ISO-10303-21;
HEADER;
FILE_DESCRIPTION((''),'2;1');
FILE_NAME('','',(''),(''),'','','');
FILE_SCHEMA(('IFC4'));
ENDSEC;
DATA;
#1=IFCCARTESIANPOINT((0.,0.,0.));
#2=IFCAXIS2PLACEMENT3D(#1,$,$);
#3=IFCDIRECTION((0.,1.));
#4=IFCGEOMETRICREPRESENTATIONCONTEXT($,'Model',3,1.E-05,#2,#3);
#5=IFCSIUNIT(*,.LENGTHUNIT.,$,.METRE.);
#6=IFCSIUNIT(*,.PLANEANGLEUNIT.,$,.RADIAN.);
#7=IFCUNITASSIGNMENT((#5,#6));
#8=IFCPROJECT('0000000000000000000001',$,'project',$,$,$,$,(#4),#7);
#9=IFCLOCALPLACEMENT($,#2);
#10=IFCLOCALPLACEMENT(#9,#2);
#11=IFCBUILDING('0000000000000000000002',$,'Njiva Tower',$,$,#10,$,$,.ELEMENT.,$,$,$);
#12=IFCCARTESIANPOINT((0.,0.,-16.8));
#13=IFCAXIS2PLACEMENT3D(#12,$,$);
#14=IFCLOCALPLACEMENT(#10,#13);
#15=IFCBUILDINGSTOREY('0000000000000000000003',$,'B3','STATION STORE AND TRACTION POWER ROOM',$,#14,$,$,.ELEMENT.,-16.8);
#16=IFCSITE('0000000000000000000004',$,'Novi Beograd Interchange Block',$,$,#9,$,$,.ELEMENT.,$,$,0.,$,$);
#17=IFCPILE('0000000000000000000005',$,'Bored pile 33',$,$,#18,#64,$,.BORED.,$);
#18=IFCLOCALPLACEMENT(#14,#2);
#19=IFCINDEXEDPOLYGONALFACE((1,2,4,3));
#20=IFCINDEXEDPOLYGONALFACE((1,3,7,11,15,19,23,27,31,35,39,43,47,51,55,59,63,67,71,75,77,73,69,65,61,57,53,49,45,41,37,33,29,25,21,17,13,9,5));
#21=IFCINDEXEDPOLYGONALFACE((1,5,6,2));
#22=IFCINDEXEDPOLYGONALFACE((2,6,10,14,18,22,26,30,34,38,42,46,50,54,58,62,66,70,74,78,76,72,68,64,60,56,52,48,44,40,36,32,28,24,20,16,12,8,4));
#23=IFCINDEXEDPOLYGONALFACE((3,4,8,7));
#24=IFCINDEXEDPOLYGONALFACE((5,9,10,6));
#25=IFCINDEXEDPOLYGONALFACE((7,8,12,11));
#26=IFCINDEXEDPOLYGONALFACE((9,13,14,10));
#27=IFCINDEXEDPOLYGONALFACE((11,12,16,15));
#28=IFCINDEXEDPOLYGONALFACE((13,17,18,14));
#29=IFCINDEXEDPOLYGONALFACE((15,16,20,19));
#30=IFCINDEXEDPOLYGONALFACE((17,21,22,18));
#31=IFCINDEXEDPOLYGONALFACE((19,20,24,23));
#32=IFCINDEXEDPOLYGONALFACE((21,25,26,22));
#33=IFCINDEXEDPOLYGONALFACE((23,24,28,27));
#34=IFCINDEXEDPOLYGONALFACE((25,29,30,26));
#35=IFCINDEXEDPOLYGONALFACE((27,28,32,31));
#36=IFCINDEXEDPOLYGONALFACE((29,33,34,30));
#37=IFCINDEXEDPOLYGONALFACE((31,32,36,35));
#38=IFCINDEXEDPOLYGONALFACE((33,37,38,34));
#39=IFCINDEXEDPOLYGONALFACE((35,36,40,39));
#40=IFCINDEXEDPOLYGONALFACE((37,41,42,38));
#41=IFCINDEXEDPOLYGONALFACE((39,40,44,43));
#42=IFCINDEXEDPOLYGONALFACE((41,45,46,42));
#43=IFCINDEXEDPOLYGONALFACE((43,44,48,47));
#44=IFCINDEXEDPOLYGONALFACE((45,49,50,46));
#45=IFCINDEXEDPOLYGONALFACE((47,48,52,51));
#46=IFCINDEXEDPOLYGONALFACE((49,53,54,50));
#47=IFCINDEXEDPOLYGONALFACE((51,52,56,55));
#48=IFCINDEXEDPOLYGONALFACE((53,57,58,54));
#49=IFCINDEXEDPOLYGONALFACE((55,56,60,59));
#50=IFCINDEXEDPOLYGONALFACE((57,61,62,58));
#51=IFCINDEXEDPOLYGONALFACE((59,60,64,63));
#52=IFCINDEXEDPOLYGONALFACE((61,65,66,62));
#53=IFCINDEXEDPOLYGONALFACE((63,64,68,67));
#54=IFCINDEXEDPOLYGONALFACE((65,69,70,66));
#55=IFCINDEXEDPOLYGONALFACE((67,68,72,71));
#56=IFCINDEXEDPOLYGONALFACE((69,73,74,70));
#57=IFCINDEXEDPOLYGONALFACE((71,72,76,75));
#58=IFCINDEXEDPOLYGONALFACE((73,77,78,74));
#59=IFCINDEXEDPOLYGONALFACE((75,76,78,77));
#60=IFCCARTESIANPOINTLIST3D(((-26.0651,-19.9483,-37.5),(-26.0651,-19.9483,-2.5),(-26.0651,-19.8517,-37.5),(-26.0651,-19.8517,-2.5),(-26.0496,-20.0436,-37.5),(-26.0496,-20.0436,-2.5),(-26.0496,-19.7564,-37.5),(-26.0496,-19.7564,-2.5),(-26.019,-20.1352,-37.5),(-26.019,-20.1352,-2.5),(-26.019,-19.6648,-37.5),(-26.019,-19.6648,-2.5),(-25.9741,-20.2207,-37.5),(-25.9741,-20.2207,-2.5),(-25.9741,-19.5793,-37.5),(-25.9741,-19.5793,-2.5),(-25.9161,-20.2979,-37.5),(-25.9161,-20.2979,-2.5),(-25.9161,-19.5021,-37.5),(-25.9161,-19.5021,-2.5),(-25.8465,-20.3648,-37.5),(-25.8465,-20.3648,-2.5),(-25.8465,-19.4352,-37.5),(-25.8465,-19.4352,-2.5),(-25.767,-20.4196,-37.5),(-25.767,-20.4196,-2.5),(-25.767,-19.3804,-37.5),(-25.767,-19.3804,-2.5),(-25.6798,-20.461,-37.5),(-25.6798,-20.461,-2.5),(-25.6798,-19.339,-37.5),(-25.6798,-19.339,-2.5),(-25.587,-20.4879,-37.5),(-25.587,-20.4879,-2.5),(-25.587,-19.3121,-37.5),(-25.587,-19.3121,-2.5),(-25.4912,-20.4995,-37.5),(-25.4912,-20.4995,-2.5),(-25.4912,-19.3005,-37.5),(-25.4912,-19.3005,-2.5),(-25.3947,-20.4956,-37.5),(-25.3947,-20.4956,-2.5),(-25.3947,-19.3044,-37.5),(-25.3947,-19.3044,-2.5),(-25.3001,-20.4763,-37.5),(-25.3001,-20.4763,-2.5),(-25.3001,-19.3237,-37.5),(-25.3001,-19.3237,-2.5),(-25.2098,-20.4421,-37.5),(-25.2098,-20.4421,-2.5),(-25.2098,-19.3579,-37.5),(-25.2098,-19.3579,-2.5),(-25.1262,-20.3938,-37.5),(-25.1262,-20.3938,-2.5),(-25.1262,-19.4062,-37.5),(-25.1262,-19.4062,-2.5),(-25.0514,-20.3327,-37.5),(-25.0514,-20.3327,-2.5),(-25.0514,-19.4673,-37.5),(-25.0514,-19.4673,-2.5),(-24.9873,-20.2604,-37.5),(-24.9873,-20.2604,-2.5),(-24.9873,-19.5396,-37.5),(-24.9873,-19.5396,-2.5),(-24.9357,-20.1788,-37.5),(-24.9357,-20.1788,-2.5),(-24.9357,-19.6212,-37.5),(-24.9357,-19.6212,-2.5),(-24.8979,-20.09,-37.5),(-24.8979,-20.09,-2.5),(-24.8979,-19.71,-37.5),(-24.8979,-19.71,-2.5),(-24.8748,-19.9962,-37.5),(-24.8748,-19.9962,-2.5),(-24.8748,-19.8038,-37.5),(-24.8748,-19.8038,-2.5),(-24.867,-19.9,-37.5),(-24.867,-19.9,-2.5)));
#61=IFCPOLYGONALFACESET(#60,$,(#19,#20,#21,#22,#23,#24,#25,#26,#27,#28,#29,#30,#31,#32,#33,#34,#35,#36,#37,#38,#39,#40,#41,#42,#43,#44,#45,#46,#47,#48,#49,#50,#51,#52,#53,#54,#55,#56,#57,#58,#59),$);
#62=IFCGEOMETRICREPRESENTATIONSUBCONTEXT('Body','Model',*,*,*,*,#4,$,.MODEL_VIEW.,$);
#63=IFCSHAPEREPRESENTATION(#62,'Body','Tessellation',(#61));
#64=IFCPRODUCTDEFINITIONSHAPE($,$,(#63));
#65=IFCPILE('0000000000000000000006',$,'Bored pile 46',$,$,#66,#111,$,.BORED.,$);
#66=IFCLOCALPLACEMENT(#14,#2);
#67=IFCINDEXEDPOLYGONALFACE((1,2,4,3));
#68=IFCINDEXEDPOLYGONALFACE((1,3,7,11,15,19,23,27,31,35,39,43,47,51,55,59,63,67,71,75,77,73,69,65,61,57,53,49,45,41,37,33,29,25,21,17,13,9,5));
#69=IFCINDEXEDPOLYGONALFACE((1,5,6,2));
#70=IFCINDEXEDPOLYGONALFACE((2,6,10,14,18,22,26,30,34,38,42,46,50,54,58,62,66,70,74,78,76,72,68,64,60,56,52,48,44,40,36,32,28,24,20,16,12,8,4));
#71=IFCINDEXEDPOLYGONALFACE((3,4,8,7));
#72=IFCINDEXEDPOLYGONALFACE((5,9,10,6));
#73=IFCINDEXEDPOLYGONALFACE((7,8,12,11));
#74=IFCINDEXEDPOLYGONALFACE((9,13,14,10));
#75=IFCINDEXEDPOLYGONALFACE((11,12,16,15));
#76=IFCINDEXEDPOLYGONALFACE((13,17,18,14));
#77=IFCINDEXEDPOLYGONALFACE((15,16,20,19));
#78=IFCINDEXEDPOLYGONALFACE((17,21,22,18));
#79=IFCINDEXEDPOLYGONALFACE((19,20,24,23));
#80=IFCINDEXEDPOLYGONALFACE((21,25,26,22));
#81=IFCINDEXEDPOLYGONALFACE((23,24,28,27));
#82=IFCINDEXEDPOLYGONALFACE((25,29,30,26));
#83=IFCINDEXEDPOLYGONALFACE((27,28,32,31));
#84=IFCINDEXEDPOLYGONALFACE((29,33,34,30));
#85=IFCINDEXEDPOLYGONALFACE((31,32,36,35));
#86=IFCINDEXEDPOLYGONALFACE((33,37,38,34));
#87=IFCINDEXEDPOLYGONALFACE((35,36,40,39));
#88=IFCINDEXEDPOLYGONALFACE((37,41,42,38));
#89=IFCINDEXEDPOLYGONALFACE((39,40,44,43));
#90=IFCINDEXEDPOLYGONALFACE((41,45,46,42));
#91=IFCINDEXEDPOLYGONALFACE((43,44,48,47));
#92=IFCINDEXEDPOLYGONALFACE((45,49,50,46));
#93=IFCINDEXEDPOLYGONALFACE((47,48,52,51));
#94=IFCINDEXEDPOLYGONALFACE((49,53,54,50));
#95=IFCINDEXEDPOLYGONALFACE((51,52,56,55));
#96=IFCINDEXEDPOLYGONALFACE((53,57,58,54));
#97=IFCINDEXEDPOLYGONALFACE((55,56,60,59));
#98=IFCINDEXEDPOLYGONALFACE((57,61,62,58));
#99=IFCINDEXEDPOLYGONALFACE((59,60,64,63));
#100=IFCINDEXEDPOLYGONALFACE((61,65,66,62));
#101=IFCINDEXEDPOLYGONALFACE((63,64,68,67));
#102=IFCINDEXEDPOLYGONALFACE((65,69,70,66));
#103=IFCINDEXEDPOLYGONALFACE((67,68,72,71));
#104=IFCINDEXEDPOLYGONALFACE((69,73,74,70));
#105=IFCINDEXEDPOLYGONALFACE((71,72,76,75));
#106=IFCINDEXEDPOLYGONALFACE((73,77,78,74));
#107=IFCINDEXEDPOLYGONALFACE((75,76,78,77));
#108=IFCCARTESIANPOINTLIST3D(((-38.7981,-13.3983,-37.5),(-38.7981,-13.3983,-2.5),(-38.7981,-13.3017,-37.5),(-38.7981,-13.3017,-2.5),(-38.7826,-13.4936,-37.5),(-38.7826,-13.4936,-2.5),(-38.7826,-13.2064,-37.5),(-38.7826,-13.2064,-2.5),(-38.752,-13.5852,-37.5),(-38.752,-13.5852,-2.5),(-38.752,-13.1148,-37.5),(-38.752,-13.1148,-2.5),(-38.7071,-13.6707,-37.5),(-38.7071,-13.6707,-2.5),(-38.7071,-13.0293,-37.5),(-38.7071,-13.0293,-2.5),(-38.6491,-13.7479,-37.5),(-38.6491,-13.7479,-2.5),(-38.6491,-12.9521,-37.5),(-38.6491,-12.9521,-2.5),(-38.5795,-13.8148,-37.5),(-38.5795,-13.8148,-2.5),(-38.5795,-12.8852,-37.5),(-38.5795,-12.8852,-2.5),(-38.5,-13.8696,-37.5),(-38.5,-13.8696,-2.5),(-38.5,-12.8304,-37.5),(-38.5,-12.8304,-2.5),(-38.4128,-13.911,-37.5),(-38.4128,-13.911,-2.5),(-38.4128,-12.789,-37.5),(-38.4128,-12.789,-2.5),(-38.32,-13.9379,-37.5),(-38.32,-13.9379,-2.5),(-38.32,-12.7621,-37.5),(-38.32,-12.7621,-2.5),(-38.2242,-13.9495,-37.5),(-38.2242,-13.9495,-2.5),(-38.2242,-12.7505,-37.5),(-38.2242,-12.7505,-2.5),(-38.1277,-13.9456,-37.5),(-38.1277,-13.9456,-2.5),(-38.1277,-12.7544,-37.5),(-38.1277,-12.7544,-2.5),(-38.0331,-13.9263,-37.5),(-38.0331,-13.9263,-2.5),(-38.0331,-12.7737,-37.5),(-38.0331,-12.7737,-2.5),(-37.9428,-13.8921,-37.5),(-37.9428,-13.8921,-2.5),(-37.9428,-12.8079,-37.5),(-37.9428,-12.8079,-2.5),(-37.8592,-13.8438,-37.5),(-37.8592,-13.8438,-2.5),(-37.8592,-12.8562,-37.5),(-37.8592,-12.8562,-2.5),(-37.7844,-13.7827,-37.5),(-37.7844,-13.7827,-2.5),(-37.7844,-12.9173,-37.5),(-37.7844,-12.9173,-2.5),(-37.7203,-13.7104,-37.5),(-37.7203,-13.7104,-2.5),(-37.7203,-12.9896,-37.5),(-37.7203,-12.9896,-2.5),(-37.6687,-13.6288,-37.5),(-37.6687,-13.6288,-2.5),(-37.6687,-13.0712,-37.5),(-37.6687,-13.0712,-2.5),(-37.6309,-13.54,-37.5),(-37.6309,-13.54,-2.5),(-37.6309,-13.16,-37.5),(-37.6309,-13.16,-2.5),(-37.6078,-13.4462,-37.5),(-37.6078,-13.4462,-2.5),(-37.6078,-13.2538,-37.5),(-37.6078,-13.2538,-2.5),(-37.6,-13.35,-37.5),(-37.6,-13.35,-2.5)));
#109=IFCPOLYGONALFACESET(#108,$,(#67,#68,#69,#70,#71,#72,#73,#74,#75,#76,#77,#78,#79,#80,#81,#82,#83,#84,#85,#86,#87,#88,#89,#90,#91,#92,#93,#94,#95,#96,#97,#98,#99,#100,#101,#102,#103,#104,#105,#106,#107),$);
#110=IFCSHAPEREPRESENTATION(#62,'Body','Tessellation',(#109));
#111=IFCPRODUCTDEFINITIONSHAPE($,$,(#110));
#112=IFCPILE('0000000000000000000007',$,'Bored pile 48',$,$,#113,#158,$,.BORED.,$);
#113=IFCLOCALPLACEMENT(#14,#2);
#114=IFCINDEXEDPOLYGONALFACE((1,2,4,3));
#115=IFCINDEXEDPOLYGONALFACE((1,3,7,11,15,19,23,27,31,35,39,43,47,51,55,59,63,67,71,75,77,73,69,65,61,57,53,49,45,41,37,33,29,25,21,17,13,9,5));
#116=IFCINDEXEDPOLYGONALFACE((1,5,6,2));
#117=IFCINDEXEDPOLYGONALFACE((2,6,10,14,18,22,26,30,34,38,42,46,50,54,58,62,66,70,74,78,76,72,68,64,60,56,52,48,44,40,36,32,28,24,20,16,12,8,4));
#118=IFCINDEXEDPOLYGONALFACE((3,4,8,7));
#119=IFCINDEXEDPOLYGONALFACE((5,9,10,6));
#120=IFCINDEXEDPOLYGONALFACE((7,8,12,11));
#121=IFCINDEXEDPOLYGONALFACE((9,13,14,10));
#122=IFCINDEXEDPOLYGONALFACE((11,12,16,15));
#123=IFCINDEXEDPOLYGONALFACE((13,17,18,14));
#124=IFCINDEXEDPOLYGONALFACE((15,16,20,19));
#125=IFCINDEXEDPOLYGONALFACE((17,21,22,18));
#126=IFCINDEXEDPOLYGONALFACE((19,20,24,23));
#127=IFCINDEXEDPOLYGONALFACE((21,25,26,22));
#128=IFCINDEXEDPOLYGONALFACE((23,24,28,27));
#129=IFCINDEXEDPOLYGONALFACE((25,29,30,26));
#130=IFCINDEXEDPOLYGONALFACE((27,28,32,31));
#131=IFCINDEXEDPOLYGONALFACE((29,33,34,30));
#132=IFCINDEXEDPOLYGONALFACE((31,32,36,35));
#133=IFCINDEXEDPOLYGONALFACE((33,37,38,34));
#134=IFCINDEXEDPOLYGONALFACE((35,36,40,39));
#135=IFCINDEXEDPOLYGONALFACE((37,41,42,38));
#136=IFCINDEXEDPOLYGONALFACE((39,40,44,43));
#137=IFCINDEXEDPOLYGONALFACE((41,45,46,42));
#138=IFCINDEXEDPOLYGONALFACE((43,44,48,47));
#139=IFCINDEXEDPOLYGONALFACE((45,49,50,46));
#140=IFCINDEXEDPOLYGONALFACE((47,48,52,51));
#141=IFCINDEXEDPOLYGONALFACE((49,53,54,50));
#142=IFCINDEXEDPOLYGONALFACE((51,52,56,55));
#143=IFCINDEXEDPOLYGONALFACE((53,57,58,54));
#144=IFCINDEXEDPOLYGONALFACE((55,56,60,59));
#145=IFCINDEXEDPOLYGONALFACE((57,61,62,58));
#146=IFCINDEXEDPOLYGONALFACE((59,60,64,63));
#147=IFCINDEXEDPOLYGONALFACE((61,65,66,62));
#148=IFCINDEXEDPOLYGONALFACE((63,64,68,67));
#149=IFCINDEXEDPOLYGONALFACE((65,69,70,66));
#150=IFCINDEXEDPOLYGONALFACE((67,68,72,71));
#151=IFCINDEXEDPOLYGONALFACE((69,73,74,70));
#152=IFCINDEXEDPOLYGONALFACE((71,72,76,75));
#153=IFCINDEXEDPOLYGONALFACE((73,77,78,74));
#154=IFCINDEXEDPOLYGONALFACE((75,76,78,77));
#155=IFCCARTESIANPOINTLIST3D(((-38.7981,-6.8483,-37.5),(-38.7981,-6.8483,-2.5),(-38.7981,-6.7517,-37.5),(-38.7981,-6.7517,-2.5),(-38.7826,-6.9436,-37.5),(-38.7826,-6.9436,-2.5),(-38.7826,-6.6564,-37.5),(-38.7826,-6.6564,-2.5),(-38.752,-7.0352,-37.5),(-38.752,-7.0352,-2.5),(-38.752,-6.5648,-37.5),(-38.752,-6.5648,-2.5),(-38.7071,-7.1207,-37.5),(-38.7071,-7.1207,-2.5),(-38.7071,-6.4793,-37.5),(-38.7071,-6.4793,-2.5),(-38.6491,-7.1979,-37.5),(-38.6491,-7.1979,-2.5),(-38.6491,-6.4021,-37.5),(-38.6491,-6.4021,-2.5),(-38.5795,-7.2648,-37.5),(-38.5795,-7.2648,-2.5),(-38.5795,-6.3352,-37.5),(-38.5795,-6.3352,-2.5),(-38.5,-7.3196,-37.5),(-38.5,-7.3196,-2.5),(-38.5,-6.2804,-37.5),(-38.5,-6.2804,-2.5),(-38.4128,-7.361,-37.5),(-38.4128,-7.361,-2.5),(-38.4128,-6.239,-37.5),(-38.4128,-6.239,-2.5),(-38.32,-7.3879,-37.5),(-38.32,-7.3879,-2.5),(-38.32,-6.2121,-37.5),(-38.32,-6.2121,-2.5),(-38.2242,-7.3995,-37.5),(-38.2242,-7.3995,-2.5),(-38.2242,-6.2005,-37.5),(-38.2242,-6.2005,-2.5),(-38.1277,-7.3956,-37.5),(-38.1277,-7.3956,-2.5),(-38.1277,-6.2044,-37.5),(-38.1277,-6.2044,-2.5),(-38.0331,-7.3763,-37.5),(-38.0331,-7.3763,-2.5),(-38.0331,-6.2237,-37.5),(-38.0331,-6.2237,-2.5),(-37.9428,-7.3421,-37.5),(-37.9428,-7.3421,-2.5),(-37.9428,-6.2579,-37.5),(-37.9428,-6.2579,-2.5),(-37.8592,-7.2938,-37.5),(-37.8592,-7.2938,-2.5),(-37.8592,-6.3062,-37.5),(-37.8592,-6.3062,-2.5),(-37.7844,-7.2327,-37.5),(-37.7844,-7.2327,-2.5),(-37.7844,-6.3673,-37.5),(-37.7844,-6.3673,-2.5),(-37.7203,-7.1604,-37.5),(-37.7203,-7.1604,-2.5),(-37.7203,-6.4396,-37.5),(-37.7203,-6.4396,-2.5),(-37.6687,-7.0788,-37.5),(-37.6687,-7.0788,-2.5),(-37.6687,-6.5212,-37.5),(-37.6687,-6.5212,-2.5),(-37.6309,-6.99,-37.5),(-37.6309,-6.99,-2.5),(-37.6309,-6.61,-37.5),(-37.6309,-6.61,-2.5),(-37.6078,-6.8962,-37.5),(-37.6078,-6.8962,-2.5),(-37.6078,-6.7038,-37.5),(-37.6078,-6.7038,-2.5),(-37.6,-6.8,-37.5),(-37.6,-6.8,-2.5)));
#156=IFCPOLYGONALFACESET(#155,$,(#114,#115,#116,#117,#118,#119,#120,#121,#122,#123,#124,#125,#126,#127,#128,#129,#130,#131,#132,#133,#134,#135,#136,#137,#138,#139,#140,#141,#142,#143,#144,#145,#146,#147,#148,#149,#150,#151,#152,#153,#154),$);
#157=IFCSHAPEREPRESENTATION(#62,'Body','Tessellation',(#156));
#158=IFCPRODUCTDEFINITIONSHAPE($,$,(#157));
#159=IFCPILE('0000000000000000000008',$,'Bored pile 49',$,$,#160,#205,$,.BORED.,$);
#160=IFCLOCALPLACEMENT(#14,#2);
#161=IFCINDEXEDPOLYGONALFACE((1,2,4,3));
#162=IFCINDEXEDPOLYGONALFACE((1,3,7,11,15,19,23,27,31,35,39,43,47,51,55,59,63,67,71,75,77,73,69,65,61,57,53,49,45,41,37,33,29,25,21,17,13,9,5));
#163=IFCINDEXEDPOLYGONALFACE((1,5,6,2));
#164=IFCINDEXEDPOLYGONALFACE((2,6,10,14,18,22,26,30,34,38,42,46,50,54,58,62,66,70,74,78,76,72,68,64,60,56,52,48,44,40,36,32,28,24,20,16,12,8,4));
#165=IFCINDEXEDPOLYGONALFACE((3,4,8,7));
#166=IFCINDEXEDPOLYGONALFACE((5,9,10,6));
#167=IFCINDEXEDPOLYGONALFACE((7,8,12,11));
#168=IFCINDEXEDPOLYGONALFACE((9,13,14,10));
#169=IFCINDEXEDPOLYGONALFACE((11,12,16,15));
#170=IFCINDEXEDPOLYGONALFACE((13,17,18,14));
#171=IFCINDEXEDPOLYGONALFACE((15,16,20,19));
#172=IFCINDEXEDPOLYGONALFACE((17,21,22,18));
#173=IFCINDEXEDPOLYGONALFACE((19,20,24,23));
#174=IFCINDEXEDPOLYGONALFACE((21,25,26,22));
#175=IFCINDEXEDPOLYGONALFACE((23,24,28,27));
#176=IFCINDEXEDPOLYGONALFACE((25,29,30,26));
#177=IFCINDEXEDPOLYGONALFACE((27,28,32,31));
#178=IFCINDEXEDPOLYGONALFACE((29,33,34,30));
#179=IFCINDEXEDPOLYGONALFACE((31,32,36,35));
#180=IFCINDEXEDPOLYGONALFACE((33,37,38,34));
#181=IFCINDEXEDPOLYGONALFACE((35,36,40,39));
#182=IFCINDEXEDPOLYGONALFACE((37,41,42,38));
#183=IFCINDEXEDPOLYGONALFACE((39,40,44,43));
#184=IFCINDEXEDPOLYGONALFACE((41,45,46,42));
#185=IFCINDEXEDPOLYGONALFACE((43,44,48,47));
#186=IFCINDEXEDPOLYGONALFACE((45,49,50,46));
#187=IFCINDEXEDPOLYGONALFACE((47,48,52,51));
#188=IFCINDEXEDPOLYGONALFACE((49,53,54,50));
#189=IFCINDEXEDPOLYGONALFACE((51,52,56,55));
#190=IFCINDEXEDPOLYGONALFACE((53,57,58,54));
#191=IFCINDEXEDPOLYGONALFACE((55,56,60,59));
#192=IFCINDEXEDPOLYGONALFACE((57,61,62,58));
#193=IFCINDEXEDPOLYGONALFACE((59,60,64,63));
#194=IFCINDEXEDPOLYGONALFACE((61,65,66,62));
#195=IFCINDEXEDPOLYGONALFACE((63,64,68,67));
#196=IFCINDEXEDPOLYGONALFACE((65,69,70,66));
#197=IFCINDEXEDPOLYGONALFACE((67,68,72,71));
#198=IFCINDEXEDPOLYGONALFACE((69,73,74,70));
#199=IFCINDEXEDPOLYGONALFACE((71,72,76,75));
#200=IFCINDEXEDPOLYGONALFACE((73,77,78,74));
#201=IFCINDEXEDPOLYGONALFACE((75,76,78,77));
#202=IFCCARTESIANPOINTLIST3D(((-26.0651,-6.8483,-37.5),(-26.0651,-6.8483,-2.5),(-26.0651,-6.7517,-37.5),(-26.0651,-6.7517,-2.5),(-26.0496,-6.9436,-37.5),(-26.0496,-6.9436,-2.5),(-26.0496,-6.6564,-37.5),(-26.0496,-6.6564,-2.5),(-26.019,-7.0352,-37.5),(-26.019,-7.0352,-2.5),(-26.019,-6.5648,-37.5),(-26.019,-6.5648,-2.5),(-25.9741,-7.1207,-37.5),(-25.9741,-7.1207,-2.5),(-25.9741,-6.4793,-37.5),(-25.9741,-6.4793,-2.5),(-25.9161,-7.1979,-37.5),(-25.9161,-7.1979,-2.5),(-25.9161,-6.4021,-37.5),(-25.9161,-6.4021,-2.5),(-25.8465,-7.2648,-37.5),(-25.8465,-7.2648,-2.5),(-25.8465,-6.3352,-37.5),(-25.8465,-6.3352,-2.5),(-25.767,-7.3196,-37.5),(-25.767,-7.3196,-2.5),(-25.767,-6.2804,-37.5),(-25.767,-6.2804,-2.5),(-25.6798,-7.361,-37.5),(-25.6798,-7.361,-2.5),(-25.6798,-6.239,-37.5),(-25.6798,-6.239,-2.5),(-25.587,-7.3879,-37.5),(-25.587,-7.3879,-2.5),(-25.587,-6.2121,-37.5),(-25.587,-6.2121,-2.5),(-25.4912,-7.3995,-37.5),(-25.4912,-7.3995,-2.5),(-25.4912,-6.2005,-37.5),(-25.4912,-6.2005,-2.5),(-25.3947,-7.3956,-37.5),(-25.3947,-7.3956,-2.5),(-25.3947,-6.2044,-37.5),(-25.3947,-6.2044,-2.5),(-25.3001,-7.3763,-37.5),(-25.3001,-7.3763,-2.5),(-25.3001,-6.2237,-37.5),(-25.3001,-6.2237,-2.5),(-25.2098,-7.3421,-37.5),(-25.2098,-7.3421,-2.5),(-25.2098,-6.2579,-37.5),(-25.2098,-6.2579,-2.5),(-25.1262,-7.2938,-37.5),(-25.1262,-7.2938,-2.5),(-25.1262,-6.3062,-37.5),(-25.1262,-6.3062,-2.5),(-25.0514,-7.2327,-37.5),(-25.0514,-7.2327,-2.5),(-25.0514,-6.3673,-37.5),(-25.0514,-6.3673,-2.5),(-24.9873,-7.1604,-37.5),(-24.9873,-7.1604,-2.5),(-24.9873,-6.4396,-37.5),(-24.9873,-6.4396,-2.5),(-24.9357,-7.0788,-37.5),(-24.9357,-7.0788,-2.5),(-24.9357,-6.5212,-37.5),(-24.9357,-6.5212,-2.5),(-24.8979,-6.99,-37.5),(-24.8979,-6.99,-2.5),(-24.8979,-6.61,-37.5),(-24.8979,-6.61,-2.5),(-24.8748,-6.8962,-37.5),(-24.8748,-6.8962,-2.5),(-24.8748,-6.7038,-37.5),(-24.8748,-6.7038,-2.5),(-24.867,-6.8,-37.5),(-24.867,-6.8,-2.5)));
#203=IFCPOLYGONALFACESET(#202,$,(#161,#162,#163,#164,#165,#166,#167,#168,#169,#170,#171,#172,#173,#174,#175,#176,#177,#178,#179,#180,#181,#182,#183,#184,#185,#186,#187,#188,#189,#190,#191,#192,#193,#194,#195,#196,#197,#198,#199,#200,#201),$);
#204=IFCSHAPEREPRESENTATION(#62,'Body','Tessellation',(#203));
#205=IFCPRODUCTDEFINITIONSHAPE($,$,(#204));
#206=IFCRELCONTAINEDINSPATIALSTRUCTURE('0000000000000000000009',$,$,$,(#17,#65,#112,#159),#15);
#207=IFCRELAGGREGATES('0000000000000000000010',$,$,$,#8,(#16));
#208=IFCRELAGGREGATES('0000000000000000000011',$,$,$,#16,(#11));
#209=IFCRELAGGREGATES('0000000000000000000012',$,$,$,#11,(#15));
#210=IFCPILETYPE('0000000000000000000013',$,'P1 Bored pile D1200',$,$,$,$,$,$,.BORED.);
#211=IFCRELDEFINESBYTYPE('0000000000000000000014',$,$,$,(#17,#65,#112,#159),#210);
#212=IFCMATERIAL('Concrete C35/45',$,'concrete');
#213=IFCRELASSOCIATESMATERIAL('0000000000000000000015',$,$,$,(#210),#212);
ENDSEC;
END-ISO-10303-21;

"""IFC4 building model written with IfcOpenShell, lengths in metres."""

from ifc_helpers import new_model, si_unit, direction, frame, origin, origin_2d, place, context, subcontext, project, spatial, circle, extrude, material, material_profile, profile_set, type_object, element, save


model = new_model("IFC4")

# Units and contexts
model_context = context("Model", 3, precision=1e-05, world=origin(), true_north=direction((0.0, 1.0)))
body_context = subcontext(model_context, "Body", "Model", "MODEL_VIEW")
ifc_project = project(units=[si_unit("LENGTHUNIT", "METRE"), si_unit("PLANEANGLEUNIT", "RADIAN")], contexts=[model_context])

# Site, building, storey
site_placement = place(None, origin())
site = spatial("IfcSite", under=ifc_project, at=site_placement, Name="Novi Beograd Interchange Block", CompositionType="ELEMENT", RefElevation=0.0)
building_placement = place(site_placement, origin())
building = spatial("IfcBuilding", under=site, at=building_placement, Name="Njiva Tower", CompositionType="ELEMENT")
storey_placement = place(building_placement, frame((0.0, 0.0, -16.8)))
storey = spatial("IfcBuildingStorey", under=building, at=storey_placement, Name="B3", Description="STATION STORE AND TRACTION POWER ROOM", CompositionType="ELEMENT", Elevation=-16.8)

# Piles
ifc_material_1 = material(Name="Concrete C35/45", Category="concrete")
ifc_material_profile_1 = material_profile(ifc_material_1, circle(Radius=0.6, at=origin_2d()), Name="D1200")
ifc_profile_set_1 = profile_set([ifc_material_profile_1], Name="Concrete C35/45")
pile_type = type_object("IfcPileType", Name="P1 Bored pile D1200", PredefinedType="BORED", material=ifc_profile_set_1)
for number, where, z_axis, x_axis, name in (
    (1, (-25.467, -19.9, -2.5), (0.0, 0.0, -1.0), (1.0, 0.0, 0.0), "Bored pile 33"),
    (2, (-38.2, -13.35, -2.5), (0.0, 0.0, -1.0), (1.0, 0.0, 0.0), "Bored pile 46"),
    (3, (-38.2, -6.8, -2.5), (0.0, 0.0, -1.0), (1.0, 0.0, 0.0), "Bored pile 48"),
    (4, (-25.467, -6.8, -2.5), (0.0, 0.0, -1.0), (1.0, 0.0, 0.0), "Bored pile 49"),
):
    element("IfcPile", number, at=place(storey_placement, frame(where, z_axis=z_axis, x_axis=x_axis)), inside=storey, type_object=pile_type, Name=name, PredefinedType="BORED", context=body_context, shape_type="SweptSolid", body=[
        extrude(circle(Radius=0.6, at=origin_2d()), origin(), (0.0, 0.0, 1.0), 35.0),
    ])

save(model, "model.ifc")
